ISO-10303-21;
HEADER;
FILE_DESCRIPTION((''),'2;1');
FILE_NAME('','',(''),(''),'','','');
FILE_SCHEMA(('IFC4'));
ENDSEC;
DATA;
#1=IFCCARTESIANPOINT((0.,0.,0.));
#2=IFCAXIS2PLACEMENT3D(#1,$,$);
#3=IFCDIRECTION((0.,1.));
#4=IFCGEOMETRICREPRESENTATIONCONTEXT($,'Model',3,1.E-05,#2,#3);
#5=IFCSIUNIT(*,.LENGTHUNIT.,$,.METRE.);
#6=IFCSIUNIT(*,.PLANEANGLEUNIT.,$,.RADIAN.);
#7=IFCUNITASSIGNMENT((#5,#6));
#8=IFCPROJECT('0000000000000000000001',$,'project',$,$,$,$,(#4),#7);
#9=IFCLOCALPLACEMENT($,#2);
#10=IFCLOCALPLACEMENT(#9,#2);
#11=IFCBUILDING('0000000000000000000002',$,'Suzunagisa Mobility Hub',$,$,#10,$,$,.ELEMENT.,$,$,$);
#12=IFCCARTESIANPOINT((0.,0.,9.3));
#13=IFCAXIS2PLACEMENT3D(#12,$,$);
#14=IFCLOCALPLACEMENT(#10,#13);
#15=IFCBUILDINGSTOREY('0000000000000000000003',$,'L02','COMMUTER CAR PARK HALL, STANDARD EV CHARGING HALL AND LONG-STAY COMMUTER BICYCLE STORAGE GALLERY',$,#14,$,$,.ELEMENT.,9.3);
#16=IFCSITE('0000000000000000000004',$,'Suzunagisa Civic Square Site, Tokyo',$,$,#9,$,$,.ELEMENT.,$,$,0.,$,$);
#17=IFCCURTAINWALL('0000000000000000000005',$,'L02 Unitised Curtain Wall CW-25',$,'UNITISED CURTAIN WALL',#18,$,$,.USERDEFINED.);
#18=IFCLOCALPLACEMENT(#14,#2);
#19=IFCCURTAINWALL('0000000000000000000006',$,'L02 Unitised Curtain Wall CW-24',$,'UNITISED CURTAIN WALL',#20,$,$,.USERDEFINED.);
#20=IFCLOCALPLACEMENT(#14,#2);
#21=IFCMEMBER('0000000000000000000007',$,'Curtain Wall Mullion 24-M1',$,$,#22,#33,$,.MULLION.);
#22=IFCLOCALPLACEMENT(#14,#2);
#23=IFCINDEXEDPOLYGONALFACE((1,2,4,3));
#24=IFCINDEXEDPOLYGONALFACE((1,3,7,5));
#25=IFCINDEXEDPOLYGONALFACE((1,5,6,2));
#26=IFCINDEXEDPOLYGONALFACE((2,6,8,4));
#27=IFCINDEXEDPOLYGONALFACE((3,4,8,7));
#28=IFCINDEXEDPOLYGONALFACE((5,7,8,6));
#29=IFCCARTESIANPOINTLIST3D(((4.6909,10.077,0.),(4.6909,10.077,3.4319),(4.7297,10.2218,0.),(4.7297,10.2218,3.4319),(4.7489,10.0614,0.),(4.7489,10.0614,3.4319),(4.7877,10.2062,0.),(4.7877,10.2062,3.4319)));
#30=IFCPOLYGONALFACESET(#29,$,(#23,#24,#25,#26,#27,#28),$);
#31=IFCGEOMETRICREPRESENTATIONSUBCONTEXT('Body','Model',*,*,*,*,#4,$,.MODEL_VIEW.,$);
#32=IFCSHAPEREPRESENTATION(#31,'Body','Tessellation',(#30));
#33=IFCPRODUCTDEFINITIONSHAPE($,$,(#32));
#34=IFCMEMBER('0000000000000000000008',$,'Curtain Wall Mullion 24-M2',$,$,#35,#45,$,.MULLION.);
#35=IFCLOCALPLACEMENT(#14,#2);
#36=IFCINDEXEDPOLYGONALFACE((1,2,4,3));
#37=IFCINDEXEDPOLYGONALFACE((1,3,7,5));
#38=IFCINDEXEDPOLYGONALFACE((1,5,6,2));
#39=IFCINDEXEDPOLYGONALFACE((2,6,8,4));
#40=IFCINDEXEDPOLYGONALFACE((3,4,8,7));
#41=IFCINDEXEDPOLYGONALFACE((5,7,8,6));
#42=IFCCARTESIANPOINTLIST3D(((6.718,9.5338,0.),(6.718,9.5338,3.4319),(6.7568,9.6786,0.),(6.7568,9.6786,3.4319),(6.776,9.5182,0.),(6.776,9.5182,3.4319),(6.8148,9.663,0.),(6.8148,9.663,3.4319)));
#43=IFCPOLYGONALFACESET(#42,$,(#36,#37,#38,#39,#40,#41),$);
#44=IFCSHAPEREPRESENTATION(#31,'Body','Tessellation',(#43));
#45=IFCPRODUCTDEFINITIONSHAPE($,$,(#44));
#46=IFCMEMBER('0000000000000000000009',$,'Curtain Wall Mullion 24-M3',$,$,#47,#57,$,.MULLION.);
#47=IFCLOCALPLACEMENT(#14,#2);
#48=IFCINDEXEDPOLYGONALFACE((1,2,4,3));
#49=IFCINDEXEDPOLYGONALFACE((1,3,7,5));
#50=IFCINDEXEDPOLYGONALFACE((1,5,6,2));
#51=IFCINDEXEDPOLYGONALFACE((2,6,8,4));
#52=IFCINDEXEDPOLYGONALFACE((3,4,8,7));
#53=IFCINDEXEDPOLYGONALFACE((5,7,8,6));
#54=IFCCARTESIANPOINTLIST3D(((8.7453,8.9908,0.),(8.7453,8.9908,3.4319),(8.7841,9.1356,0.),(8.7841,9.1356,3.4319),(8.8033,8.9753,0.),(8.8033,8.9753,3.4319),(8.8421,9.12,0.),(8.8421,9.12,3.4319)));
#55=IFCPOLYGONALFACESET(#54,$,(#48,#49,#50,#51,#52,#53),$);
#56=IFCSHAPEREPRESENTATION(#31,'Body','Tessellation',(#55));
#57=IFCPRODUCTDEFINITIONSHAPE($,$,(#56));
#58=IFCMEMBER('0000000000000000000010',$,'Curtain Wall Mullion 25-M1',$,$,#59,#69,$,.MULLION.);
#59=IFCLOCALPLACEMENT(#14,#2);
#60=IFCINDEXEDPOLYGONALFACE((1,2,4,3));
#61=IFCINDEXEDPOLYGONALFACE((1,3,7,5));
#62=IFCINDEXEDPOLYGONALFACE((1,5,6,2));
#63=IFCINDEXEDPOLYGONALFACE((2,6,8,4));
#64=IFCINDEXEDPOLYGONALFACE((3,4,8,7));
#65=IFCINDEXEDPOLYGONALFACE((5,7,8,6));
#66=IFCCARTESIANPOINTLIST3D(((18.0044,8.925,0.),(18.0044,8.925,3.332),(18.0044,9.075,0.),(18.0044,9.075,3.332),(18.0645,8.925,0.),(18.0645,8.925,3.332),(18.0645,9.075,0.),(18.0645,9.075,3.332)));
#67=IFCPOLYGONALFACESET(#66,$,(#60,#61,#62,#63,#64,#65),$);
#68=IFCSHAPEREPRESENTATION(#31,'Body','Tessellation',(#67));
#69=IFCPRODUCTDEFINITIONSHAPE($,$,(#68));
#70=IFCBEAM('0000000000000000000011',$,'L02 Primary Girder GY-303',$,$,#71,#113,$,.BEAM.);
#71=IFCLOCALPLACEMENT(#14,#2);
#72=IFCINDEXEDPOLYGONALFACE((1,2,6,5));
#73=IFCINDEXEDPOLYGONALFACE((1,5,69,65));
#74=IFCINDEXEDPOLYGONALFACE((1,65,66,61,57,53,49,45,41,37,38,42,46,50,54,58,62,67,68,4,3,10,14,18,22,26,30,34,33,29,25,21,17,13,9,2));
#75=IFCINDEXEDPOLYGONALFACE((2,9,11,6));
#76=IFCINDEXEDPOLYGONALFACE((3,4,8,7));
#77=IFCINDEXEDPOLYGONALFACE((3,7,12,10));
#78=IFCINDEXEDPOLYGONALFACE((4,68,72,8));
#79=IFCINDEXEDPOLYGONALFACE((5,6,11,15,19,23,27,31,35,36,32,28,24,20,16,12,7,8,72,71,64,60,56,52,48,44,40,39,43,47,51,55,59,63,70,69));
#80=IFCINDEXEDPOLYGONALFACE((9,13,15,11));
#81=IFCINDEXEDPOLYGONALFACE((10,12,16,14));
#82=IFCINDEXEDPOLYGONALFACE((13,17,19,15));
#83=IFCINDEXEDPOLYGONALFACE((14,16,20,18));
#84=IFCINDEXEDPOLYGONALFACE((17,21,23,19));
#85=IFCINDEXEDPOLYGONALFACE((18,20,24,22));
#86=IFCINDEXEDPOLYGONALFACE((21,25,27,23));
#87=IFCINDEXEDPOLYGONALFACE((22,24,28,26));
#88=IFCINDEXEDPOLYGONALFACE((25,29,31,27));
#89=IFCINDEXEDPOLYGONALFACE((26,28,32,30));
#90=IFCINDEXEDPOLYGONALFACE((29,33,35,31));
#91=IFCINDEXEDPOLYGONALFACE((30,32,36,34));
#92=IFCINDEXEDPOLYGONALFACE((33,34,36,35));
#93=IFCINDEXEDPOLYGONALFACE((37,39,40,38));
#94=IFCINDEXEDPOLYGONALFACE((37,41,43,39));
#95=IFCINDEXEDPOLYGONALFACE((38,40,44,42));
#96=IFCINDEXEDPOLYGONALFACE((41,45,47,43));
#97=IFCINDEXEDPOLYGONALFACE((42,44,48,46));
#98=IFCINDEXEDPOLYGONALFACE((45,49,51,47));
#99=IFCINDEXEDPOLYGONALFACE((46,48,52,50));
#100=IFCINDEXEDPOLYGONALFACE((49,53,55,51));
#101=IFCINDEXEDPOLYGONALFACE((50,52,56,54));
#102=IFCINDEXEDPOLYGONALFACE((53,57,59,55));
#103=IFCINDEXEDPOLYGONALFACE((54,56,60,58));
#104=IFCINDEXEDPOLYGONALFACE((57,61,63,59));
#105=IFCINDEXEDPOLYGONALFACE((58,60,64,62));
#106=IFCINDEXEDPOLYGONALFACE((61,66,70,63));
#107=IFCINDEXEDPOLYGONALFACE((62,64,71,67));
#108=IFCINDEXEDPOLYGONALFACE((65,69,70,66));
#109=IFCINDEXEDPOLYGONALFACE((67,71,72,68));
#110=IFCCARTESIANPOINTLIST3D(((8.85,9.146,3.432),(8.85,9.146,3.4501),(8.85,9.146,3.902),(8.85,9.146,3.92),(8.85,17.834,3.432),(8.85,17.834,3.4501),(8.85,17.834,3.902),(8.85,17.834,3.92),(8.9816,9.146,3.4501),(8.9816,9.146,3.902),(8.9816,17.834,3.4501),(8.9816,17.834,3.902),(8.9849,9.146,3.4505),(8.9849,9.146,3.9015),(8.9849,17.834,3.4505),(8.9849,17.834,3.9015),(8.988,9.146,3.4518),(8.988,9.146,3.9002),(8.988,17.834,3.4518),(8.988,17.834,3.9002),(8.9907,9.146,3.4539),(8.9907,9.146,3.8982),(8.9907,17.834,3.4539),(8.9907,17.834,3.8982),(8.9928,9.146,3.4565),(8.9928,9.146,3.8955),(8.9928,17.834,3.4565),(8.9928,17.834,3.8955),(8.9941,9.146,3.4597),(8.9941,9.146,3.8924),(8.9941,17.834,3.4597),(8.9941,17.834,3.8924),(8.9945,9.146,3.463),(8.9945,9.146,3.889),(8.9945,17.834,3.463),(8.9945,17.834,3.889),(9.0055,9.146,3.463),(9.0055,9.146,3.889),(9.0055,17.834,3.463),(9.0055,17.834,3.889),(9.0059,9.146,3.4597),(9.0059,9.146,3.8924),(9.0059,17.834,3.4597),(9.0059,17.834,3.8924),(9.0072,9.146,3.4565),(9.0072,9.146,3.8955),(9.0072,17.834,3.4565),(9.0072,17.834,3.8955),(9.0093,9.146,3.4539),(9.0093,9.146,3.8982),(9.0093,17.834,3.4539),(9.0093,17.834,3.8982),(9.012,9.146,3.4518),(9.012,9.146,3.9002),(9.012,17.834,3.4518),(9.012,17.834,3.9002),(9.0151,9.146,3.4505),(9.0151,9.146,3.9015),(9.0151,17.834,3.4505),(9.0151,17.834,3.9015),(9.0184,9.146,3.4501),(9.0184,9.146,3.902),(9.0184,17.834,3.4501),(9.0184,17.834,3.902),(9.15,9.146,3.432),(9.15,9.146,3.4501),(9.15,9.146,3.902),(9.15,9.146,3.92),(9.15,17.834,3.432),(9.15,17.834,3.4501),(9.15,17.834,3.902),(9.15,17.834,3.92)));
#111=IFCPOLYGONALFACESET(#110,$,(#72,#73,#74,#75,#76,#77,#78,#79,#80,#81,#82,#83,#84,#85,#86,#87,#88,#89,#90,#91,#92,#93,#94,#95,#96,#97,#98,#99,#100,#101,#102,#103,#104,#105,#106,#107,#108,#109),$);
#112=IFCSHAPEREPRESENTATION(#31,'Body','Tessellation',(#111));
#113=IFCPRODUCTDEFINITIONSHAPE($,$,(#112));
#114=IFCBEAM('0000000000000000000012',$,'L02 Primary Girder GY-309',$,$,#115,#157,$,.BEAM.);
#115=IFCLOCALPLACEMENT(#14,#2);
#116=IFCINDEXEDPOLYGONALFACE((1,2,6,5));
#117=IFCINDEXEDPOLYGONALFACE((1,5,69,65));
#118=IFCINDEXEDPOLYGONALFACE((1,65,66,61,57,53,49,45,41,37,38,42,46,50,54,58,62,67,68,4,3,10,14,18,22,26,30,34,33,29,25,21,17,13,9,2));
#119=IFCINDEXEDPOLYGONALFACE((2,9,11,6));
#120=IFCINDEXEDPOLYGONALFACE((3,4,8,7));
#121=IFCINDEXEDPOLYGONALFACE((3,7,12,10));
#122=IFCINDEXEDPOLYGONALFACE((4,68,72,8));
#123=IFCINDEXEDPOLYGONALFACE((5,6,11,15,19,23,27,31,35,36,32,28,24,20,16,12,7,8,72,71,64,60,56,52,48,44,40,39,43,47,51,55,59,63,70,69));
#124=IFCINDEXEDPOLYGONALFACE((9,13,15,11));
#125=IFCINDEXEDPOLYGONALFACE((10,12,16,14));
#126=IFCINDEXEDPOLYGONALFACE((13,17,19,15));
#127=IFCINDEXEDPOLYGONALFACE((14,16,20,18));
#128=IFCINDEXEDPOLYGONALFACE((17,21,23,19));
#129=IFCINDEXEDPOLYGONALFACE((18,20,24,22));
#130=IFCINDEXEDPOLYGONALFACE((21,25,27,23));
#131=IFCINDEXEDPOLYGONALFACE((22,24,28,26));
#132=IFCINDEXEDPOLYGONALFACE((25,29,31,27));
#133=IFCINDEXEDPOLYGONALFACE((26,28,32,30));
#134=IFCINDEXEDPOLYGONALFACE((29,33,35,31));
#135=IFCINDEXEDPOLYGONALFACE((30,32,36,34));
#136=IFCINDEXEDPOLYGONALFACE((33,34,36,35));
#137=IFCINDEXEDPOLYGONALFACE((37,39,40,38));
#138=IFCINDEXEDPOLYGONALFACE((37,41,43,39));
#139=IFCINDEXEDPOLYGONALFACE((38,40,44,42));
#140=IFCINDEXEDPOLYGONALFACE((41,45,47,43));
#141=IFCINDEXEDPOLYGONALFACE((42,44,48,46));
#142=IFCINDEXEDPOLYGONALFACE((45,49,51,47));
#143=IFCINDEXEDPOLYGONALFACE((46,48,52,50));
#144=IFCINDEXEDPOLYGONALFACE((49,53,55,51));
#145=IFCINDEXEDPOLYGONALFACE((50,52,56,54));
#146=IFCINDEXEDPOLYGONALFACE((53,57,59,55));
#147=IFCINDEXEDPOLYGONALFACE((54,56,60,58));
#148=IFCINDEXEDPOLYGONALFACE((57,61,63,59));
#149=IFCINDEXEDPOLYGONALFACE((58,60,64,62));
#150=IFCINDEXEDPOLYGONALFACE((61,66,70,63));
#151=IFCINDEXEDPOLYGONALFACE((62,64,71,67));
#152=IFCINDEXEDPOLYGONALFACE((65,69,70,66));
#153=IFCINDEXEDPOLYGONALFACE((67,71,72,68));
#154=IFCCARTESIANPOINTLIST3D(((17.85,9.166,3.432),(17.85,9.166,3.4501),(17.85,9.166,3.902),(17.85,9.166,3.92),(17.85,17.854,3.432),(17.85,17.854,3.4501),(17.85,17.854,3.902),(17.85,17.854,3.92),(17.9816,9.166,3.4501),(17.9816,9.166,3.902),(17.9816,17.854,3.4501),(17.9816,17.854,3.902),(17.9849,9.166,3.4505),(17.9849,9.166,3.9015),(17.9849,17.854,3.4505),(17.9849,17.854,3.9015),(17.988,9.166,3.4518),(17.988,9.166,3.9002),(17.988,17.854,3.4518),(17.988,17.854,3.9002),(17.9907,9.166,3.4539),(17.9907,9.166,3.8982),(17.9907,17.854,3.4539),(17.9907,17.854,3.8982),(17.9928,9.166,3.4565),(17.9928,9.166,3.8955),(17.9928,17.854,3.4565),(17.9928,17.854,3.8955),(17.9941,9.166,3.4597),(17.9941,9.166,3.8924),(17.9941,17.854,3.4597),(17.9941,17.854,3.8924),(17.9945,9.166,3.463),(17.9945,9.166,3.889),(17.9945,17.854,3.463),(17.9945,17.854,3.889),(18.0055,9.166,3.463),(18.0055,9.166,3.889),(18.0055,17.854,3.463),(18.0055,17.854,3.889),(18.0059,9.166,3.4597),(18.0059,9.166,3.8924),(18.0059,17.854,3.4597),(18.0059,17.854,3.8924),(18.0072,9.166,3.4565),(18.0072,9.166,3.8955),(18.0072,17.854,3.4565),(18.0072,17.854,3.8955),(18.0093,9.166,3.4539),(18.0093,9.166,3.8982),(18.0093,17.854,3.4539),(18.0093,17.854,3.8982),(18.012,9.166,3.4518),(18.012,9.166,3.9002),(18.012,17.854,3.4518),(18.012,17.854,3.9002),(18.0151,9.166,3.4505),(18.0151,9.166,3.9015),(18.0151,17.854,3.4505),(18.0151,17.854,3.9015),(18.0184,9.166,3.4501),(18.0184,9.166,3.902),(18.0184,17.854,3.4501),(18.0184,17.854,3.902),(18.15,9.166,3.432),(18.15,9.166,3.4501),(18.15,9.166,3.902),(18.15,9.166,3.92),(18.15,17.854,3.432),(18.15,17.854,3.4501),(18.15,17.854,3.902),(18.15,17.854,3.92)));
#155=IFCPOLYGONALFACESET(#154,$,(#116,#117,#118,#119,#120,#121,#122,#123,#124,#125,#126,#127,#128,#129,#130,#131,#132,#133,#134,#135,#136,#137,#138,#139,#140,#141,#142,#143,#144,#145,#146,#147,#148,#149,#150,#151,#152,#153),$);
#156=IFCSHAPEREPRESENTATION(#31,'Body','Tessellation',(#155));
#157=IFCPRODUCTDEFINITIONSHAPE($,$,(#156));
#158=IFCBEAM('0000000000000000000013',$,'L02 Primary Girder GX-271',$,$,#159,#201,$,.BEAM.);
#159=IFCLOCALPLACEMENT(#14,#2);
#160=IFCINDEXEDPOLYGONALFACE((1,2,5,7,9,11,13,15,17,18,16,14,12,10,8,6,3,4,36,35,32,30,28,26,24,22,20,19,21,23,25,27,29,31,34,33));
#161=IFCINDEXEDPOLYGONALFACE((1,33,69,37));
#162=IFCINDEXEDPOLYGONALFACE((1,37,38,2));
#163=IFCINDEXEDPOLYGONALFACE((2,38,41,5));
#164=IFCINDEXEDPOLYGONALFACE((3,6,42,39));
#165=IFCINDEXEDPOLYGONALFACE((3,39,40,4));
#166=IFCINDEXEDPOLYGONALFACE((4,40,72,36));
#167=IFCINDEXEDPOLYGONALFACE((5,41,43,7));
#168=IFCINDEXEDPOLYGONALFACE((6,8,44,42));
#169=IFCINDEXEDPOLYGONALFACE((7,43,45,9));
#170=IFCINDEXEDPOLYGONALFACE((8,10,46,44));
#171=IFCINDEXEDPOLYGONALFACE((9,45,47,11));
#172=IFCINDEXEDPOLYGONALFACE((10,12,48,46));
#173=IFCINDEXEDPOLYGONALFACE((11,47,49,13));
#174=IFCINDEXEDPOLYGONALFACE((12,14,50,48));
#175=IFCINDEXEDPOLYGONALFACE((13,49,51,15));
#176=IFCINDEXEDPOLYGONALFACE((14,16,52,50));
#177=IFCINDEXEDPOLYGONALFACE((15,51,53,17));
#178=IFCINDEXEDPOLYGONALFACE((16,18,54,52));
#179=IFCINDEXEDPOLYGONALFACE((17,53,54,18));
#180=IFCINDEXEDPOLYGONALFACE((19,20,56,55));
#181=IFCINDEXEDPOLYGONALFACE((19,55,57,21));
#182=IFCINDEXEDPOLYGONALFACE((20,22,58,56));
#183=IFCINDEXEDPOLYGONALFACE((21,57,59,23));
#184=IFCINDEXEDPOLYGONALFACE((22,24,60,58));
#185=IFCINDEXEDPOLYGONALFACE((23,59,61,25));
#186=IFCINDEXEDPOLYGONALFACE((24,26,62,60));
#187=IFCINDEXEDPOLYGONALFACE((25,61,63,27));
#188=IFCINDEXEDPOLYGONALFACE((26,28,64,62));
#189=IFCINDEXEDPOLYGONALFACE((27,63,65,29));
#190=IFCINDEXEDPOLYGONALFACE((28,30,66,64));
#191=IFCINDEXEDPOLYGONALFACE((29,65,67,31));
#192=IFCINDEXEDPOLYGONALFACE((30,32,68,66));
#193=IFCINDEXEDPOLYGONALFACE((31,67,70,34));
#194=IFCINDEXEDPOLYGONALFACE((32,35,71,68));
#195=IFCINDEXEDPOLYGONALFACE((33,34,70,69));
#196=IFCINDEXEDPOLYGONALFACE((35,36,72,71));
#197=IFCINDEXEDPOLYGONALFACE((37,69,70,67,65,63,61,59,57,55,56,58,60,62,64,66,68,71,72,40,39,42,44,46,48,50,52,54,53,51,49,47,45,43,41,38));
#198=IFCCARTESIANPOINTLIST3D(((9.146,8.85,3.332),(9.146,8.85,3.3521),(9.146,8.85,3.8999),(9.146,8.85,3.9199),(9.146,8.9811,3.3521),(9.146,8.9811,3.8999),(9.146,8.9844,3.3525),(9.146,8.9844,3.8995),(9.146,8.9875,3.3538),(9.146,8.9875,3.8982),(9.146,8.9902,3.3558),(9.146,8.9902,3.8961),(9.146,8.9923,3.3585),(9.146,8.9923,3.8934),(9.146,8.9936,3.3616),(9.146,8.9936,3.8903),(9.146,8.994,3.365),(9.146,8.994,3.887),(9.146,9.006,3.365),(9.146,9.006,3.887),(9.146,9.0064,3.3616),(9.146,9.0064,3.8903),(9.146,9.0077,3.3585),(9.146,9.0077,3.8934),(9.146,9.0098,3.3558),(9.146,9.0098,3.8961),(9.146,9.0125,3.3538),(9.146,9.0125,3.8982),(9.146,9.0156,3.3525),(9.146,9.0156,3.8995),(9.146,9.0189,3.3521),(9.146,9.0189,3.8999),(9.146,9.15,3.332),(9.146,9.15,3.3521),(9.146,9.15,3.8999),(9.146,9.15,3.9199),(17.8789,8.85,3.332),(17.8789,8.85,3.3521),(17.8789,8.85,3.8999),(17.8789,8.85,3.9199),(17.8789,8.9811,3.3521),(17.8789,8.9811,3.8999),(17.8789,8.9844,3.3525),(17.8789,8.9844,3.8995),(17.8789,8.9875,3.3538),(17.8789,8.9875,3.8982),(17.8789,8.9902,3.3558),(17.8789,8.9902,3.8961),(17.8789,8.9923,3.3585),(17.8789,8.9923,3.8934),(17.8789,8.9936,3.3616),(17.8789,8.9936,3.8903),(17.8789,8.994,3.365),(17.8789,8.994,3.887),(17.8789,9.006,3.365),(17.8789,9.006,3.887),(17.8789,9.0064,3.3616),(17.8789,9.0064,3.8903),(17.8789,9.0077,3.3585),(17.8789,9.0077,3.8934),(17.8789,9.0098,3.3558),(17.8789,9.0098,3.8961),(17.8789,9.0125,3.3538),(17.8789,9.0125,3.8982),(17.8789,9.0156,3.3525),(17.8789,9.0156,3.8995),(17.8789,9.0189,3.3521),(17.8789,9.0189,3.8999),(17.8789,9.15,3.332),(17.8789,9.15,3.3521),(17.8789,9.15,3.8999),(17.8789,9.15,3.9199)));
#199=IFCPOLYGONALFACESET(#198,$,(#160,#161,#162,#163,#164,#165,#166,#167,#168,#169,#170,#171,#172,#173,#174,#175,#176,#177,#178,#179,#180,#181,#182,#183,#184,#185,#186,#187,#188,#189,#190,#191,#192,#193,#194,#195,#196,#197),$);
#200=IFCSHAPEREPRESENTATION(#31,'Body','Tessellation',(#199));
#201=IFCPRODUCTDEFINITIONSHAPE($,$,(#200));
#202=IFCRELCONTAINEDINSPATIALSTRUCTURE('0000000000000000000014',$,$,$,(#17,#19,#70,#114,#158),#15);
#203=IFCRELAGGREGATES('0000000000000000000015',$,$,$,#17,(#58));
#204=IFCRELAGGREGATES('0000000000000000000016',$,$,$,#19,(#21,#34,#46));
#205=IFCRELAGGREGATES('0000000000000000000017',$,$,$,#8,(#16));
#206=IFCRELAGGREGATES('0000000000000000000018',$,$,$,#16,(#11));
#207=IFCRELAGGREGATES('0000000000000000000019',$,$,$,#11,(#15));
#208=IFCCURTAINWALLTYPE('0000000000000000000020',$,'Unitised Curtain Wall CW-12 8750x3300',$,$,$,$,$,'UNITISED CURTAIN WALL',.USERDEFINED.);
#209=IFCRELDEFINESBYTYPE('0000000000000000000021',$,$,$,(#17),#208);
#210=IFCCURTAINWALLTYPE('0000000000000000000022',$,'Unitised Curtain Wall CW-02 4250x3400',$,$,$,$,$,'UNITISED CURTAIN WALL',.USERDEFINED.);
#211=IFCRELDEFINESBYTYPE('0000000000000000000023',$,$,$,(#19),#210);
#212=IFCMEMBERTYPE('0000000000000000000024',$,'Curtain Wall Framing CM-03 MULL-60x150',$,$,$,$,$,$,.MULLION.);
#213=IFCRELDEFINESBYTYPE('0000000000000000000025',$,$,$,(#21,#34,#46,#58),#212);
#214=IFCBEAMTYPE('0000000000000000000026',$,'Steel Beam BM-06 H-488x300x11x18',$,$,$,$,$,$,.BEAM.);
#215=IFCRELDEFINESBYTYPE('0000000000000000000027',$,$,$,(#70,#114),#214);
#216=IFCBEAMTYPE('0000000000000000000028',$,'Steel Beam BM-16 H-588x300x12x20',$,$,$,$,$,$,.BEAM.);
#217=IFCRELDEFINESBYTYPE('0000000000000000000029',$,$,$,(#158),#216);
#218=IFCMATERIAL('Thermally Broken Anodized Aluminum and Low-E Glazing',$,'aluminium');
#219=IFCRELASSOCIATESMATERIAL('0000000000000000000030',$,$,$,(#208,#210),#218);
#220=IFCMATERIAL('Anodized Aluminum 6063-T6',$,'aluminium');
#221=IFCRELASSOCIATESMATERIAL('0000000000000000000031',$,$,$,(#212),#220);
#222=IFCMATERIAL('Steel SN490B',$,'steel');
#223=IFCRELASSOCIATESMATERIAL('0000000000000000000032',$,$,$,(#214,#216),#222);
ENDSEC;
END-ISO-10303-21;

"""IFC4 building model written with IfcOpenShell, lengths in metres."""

from ifc_helpers import new_model, si_unit, direction, frame, origin, origin_2d, place, context, subcontext, project, spatial, rectangle, i_section, extrude, material, material_profile, profile_set, type_object, element, aggregate, save


model = new_model("IFC4")

# Units and contexts
model_context = context("Model", 3, precision=1e-05, world=origin(), true_north=direction((0.0, 1.0)))
body_context = subcontext(model_context, "Body", "Model", "MODEL_VIEW")
ifc_project = project(units=[si_unit("LENGTHUNIT", "METRE"), si_unit("PLANEANGLEUNIT", "RADIAN")], contexts=[model_context])

# Site, building, storey
site_placement = place(None, origin())
site = spatial("IfcSite", under=ifc_project, at=site_placement, Name="Suzunagisa Civic Square Site, Tokyo", CompositionType="ELEMENT", RefElevation=0.0)
building_placement = place(site_placement, origin())
building = spatial("IfcBuilding", under=site, at=building_placement, Name="Suzunagisa Mobility Hub", CompositionType="ELEMENT")
storey_placement = place(building_placement, frame((0.0, 0.0, 9.3)))
storey = spatial("IfcBuildingStorey", under=building, at=storey_placement, Name="L02", Description="COMMUTER CAR PARK HALL, STANDARD EV CHARGING HALL AND LONG-STAY COMMUTER BICYCLE STORAGE GALLERY", CompositionType="ELEMENT", Elevation=9.3)

# Shared definitions
ifc_material_1 = material(Name="Steel SN490B", Category="steel")

# Curtain walls, members
ifc_material_2 = material(Name="Thermally Broken Anodized Aluminum and Low-E Glazing", Category="aluminium")
curtain_wall_type_1 = type_object("IfcCurtainWallType", Name="Unitised Curtain Wall CW-12 8750x3300", ElementType="UNITISED CURTAIN WALL", PredefinedType="USERDEFINED", material=ifc_material_2)
curtain_wall_1_placement = place(storey_placement, origin())
curtain_wall_1 = element("IfcCurtainWall", 1, at=curtain_wall_1_placement, inside=storey, type_object=curtain_wall_type_1, Name="L02 Unitised Curtain Wall CW-25", ObjectType="UNITISED CURTAIN WALL", PredefinedType="USERDEFINED")
ifc_material_3 = material(Name="Anodized Aluminum 6063-T6", Category="aluminium")
curtain_wall_type_2 = type_object("IfcCurtainWallType", Name="Unitised Curtain Wall CW-02 4250x3400", ElementType="UNITISED CURTAIN WALL", PredefinedType="USERDEFINED", material=ifc_material_2)
curtain_wall_2_placement = place(storey_placement, origin())
curtain_wall_2 = element("IfcCurtainWall", 2, at=curtain_wall_2_placement, inside=storey, type_object=curtain_wall_type_2, Name="L02 Unitised Curtain Wall CW-24", ObjectType="UNITISED CURTAIN WALL", PredefinedType="USERDEFINED")
ifc_material_profile_1 = material_profile(ifc_material_3, rectangle(XDim=0.0601, YDim=0.1499, at=origin_2d()), Name="MULL-60x150")
ifc_profile_set_1 = profile_set([ifc_material_profile_1], Name="Anodized Aluminum 6063-T6")
member_type_1 = type_object("IfcMemberType", Name="Curtain Wall Framing CM-03 MULL-60x150", PredefinedType="MULLION", material=ifc_profile_set_1)
member_1_placement = place(storey_placement, frame((4.7393, 10.1416, 0.0), z_axis=(0.0, 0.0, 1.0), x_axis=(0.965924, -0.258828, 0.0)))
member_1 = element("IfcMember", 3, at=member_1_placement, type_object=member_type_1, Name="Curtain Wall Mullion 24-M1", PredefinedType="MULLION", context=body_context, shape_type="SweptSolid", body=[
    extrude(rectangle(XDim=0.0601, YDim=0.1499, at=origin_2d()), origin(), (0.0, 0.0, 1.0), 3.4319),
])
member_2_placement = place(storey_placement, frame((6.7664, 9.5984, 0.0), z_axis=(0.0, 0.0, 1.0), x_axis=(0.965924, -0.258828, 0.0)))
member_2 = element("IfcMember", 4, at=member_2_placement, type_object=member_type_1, Name="Curtain Wall Mullion 24-M2", PredefinedType="MULLION", context=body_context, shape_type="SweptSolid", body=[
    extrude(rectangle(XDim=0.0601, YDim=0.1499, at=origin_2d()), origin(), (0.0, 0.0, 1.0), 3.4319),
])
member_3_placement = place(storey_placement, frame((8.7937, 9.0554, 0.0), z_axis=(0.0, 0.0, 1.0), x_axis=(0.965924, -0.258828, 0.0)))
member_3 = element("IfcMember", 5, at=member_3_placement, type_object=member_type_1, Name="Curtain Wall Mullion 24-M3", PredefinedType="MULLION", context=body_context, shape_type="SweptSolid", body=[
    extrude(rectangle(XDim=0.0601, YDim=0.1499, at=origin_2d()), origin(), (0.0, 0.0, 1.0), 3.4319),
])

# Member
member_4_placement = place(storey_placement, frame((18.0344, 9.0, 0.0), z_axis=(0.0, 0.0, 1.0), x_axis=(1.0, 0.0, 0.0)))
member_4 = element("IfcMember", 6, at=member_4_placement, type_object=member_type_1, Name="Curtain Wall Mullion 25-M1", PredefinedType="MULLION", context=body_context, shape_type="SweptSolid", body=[
    extrude(rectangle(XDim=0.0601, YDim=0.1499, at=origin_2d()), origin(), (0.0, 0.0, 1.0), 3.332),
])
aggregate(curtain_wall_1, [member_4])

# Beams
ifc_material_profile_2 = material_profile(ifc_material_1, i_section(OverallWidth=0.3, OverallDepth=0.488, WebThickness=0.011, FlangeThickness=0.0181, FilletRadius=0.0129, at=origin_2d()), Name="H-488x300x11x18")
ifc_profile_set_2 = profile_set([ifc_material_profile_2], Name="Steel SN490B")
beam_type_1 = type_object("IfcBeamType", Name="Steel Beam BM-06 H-488x300x11x18", PredefinedType="BEAM", material=ifc_profile_set_2)
for number, where, z_axis, x_axis, name in (
    (7, (9.0, 9.146, 3.676), (0.0, 1.0, 0.0), (-1.0, 0.0, 0.0), "L02 Primary Girder GY-303"),
    (8, (18.0, 9.166, 3.676), (0.0, 1.0, 0.0), (-1.0, 0.0, 0.0), "L02 Primary Girder GY-309"),
):
    element("IfcBeam", number, at=place(storey_placement, frame(where, z_axis=z_axis, x_axis=x_axis)), inside=storey, type_object=beam_type_1, Name=name, PredefinedType="BEAM", context=body_context, shape_type="SweptSolid", body=[
        extrude(i_section(OverallWidth=0.3, OverallDepth=0.488, WebThickness=0.011, FlangeThickness=0.0181, FilletRadius=0.0129, at=origin_2d()), origin(), (0.0, 0.0, 1.0), 8.688),
    ])
ifc_material_profile_3 = material_profile(ifc_material_1, i_section(OverallWidth=0.3, OverallDepth=0.5879, WebThickness=0.012, FlangeThickness=0.02, FilletRadius=0.0129, at=origin_2d()), Name="H-588x300x12x20")
ifc_profile_set_3 = profile_set([ifc_material_profile_3], Name="Steel SN490B")
beam_type_2 = type_object("IfcBeamType", Name="Steel Beam BM-16 H-588x300x12x20", PredefinedType="BEAM", material=ifc_profile_set_3)
for number, where, z_axis, x_axis, name in (
    (9, (9.146, 9.0, 3.626), (1.0, 0.0, 0.0), (0.0, 1.0, 0.0), "L02 Primary Girder GX-271"),
):
    element("IfcBeam", number, at=place(storey_placement, frame(where, z_axis=z_axis, x_axis=x_axis)), inside=storey, type_object=beam_type_2, Name=name, PredefinedType="BEAM", context=body_context, shape_type="SweptSolid", body=[
        extrude(i_section(OverallWidth=0.3, OverallDepth=0.5879, WebThickness=0.012, FlangeThickness=0.02, FilletRadius=0.0129, at=origin_2d()), origin(), (0.0, 0.0, 1.0), 8.7329),
    ])

aggregate(curtain_wall_2, [member_1, member_2, member_3])

save(model, "model.ifc")
